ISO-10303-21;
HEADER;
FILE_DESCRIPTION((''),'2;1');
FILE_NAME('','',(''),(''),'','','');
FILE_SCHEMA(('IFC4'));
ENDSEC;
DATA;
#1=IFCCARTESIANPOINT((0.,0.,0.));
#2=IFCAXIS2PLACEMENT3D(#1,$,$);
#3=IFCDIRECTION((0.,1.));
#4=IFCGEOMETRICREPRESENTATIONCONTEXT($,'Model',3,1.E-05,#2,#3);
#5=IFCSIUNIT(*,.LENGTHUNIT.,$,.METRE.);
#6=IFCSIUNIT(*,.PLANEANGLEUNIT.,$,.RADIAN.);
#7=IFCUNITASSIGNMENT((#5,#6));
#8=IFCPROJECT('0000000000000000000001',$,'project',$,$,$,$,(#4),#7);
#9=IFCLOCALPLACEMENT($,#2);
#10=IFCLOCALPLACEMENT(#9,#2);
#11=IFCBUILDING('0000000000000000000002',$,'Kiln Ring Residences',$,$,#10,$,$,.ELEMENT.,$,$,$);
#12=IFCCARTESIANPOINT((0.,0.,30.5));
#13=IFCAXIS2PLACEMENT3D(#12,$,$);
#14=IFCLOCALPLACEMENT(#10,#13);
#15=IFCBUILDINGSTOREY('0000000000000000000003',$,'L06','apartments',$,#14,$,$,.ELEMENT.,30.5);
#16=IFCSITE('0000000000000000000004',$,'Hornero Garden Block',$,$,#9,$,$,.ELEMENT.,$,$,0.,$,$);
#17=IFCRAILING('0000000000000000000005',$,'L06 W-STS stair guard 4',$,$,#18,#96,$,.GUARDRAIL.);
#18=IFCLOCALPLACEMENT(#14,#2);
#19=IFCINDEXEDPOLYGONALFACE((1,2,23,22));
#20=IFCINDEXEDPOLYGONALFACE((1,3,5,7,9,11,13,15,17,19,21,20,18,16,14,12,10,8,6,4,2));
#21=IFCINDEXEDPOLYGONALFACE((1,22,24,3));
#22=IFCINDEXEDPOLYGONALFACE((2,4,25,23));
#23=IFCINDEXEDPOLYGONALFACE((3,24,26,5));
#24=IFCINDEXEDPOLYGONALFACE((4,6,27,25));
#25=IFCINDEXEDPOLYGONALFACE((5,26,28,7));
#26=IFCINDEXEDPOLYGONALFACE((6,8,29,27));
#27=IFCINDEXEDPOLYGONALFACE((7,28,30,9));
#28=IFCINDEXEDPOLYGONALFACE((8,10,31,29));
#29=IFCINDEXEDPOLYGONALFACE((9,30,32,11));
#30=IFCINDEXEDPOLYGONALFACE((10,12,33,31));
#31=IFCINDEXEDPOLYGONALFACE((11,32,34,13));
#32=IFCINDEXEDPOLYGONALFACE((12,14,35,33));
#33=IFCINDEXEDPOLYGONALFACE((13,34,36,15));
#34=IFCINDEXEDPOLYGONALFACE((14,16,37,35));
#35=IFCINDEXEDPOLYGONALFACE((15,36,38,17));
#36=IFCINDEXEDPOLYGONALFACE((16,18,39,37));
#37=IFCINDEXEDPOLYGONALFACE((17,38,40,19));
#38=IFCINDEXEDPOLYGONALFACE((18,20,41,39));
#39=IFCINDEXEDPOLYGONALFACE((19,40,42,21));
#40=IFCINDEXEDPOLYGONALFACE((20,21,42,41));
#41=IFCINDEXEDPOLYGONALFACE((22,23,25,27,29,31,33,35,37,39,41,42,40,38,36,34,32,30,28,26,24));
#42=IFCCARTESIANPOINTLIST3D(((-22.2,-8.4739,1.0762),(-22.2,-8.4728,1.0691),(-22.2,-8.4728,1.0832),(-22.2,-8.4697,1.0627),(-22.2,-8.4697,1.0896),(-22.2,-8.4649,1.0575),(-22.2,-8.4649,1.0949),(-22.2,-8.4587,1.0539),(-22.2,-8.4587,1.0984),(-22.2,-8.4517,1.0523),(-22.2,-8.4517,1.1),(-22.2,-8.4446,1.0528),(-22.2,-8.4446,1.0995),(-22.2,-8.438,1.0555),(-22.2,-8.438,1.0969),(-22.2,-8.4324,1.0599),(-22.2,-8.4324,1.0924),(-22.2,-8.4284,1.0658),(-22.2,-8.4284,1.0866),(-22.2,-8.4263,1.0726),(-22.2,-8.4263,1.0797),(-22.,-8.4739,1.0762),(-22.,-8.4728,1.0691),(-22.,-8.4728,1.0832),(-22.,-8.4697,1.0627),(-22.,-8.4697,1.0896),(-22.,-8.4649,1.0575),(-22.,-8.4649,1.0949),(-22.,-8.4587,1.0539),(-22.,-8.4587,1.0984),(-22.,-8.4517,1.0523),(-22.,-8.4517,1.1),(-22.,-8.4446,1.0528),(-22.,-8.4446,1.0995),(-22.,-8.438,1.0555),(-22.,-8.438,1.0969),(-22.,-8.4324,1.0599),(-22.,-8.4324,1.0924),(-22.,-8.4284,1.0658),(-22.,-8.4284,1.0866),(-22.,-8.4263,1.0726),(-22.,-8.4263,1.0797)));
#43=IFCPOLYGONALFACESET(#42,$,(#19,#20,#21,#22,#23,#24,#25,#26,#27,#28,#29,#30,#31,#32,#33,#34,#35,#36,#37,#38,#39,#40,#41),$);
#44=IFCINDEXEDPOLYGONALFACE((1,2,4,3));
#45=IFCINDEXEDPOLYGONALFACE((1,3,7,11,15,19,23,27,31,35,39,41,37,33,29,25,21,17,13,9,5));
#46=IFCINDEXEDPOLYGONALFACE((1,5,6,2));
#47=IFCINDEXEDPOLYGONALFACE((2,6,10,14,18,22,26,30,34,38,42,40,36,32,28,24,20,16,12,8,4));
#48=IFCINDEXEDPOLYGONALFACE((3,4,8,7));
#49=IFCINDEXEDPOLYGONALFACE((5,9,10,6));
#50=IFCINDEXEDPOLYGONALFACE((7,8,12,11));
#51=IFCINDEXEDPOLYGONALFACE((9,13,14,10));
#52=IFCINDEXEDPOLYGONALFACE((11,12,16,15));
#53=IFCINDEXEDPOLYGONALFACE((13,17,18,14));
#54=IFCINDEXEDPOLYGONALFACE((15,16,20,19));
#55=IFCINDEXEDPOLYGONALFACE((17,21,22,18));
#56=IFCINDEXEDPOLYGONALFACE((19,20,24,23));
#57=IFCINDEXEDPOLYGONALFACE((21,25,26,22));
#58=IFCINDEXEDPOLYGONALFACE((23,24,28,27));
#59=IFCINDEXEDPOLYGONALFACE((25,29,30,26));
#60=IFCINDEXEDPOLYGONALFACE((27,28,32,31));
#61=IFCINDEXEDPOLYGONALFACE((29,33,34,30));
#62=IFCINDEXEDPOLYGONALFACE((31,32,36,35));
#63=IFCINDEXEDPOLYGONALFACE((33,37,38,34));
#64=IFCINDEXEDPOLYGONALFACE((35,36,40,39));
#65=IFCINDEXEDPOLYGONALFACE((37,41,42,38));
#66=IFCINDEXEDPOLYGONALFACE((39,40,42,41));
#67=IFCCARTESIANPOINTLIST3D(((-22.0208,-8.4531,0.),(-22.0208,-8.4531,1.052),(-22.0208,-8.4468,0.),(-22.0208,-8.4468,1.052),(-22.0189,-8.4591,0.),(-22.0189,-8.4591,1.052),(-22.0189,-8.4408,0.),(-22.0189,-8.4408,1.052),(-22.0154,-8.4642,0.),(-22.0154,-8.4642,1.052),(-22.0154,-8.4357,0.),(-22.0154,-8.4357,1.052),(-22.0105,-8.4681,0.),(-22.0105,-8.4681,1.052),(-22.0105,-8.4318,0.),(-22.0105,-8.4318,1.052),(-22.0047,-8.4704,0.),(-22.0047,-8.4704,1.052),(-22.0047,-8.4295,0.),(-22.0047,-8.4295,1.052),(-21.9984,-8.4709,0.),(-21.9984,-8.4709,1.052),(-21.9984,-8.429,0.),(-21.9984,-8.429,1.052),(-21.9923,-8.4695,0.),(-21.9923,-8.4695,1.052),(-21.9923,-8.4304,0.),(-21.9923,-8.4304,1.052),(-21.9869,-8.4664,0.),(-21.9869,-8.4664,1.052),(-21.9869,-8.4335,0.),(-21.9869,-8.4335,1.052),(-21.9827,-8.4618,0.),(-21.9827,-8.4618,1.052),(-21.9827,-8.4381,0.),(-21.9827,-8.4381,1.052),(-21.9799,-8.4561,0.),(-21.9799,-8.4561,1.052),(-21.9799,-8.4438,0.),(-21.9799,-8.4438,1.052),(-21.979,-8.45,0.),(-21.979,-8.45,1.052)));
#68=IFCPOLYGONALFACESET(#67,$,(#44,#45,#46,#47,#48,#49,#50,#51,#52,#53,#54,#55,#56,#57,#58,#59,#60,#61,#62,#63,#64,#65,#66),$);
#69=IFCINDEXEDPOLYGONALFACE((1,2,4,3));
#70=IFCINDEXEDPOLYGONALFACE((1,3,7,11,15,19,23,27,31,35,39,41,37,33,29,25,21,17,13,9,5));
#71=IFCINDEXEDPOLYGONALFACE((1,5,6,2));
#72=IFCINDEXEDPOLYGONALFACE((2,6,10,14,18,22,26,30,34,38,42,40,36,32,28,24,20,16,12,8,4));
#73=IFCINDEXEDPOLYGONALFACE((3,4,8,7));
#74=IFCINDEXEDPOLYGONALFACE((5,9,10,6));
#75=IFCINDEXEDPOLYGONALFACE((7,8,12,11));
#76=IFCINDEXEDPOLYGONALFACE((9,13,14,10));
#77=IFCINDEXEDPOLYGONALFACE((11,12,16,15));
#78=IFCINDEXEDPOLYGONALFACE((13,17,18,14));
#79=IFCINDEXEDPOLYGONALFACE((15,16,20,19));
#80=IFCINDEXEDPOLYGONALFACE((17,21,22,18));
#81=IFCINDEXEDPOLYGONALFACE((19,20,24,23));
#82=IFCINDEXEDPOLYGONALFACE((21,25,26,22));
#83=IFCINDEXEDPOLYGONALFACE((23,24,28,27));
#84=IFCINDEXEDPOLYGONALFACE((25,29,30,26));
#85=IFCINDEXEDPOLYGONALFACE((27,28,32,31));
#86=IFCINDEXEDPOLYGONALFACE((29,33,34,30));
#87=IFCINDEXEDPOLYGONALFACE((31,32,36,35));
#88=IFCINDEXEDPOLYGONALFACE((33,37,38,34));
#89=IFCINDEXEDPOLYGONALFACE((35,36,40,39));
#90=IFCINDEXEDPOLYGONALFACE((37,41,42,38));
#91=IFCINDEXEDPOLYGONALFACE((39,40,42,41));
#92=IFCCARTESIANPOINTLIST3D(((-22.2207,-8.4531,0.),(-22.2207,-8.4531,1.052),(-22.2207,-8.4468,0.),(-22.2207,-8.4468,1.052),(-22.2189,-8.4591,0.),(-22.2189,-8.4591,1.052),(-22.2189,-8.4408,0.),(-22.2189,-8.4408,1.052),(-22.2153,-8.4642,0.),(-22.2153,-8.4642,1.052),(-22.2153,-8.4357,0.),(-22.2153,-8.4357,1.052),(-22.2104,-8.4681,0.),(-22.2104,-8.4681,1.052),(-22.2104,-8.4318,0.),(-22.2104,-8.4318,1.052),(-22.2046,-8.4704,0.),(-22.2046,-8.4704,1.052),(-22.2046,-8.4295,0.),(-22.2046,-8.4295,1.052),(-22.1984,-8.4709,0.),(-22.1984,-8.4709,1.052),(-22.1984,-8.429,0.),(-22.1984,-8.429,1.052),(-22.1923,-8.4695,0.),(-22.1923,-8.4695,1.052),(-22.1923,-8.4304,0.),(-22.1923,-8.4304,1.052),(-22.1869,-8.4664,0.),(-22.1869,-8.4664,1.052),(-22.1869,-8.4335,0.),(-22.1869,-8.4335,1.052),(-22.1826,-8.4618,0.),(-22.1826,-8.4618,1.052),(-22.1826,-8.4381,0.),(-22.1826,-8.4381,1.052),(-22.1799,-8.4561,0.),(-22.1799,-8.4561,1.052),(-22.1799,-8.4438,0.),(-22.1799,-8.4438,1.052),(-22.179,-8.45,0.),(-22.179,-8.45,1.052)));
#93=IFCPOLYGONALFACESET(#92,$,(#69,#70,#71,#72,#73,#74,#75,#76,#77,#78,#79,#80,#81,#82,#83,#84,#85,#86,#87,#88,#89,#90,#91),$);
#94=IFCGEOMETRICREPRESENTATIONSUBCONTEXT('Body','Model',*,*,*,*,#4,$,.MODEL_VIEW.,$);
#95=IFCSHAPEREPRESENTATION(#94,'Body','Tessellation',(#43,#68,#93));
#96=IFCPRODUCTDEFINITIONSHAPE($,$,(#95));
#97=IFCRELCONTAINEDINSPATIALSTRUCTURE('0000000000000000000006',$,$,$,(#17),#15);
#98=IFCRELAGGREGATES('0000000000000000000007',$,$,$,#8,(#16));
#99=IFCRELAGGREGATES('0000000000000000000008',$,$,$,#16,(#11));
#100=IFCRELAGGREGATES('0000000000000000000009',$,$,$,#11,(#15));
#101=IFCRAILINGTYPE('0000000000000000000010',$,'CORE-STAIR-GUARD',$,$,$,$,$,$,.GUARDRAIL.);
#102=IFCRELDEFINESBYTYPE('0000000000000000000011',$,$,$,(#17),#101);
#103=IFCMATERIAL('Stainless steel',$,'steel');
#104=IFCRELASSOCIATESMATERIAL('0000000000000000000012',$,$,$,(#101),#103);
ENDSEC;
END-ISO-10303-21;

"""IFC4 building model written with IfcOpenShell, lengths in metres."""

from ifc_helpers import new_model, si_unit, direction, frame, origin, origin_2d, place, context, subcontext, project, spatial, circle, extrude, material, type_object, element, save


model = new_model("IFC4")

# Units and contexts
model_context = context("Model", 3, precision=1e-05, world=origin(), true_north=direction((0.0, 1.0)))
body_context = subcontext(model_context, "Body", "Model", "MODEL_VIEW")
ifc_project = project(units=[si_unit("LENGTHUNIT", "METRE"), si_unit("PLANEANGLEUNIT", "RADIAN")], contexts=[model_context])

# Site, building, storey
site_placement = place(None, origin())
site = spatial("IfcSite", under=ifc_project, at=site_placement, Name="Hornero Garden Block", CompositionType="ELEMENT", RefElevation=0.0)
building_placement = place(site_placement, origin())
building = spatial("IfcBuilding", under=site, at=building_placement, Name="Kiln Ring Residences", CompositionType="ELEMENT")
storey_placement = place(building_placement, frame((0.0, 0.0, 30.5)))
storey = spatial("IfcBuildingStorey", under=building, at=storey_placement, Name="L06", Description="apartments", CompositionType="ELEMENT", Elevation=30.5)

# Railing
ifc_material_1 = material(Name="Stainless steel", Category="steel")
railing_type_1 = type_object("IfcRailingType", Name="CORE-STAIR-GUARD", PredefinedType="GUARDRAIL", material=ifc_material_1)
railing_1_placement = place(storey_placement, frame((-22.0, -8.45, 0.0)))
element("IfcRailing", 1, at=railing_1_placement, inside=storey, type_object=railing_type_1, Name="L06 W-STS stair guard 4", PredefinedType="GUARDRAIL", context=body_context, shape_type="SweptSolid", body=[
    extrude(circle(Radius=0.0239, at=origin_2d()), frame((0.0, 0.0, 1.0762), z_axis=(-1.0, 0.0, 0.0), x_axis=(0.0, -1.0, 0.0)), (0.0, 0.0, 1.0), 0.2),
    extrude(circle(Radius=0.021, at=origin_2d()), origin(), (0.0, 0.0, 1.0), 1.052),
    extrude(circle(Radius=0.021, at=origin_2d()), frame((-0.2, 0.0, 0.0)), (0.0, 0.0, 1.0), 1.052),
])

save(model, "model.ifc")
